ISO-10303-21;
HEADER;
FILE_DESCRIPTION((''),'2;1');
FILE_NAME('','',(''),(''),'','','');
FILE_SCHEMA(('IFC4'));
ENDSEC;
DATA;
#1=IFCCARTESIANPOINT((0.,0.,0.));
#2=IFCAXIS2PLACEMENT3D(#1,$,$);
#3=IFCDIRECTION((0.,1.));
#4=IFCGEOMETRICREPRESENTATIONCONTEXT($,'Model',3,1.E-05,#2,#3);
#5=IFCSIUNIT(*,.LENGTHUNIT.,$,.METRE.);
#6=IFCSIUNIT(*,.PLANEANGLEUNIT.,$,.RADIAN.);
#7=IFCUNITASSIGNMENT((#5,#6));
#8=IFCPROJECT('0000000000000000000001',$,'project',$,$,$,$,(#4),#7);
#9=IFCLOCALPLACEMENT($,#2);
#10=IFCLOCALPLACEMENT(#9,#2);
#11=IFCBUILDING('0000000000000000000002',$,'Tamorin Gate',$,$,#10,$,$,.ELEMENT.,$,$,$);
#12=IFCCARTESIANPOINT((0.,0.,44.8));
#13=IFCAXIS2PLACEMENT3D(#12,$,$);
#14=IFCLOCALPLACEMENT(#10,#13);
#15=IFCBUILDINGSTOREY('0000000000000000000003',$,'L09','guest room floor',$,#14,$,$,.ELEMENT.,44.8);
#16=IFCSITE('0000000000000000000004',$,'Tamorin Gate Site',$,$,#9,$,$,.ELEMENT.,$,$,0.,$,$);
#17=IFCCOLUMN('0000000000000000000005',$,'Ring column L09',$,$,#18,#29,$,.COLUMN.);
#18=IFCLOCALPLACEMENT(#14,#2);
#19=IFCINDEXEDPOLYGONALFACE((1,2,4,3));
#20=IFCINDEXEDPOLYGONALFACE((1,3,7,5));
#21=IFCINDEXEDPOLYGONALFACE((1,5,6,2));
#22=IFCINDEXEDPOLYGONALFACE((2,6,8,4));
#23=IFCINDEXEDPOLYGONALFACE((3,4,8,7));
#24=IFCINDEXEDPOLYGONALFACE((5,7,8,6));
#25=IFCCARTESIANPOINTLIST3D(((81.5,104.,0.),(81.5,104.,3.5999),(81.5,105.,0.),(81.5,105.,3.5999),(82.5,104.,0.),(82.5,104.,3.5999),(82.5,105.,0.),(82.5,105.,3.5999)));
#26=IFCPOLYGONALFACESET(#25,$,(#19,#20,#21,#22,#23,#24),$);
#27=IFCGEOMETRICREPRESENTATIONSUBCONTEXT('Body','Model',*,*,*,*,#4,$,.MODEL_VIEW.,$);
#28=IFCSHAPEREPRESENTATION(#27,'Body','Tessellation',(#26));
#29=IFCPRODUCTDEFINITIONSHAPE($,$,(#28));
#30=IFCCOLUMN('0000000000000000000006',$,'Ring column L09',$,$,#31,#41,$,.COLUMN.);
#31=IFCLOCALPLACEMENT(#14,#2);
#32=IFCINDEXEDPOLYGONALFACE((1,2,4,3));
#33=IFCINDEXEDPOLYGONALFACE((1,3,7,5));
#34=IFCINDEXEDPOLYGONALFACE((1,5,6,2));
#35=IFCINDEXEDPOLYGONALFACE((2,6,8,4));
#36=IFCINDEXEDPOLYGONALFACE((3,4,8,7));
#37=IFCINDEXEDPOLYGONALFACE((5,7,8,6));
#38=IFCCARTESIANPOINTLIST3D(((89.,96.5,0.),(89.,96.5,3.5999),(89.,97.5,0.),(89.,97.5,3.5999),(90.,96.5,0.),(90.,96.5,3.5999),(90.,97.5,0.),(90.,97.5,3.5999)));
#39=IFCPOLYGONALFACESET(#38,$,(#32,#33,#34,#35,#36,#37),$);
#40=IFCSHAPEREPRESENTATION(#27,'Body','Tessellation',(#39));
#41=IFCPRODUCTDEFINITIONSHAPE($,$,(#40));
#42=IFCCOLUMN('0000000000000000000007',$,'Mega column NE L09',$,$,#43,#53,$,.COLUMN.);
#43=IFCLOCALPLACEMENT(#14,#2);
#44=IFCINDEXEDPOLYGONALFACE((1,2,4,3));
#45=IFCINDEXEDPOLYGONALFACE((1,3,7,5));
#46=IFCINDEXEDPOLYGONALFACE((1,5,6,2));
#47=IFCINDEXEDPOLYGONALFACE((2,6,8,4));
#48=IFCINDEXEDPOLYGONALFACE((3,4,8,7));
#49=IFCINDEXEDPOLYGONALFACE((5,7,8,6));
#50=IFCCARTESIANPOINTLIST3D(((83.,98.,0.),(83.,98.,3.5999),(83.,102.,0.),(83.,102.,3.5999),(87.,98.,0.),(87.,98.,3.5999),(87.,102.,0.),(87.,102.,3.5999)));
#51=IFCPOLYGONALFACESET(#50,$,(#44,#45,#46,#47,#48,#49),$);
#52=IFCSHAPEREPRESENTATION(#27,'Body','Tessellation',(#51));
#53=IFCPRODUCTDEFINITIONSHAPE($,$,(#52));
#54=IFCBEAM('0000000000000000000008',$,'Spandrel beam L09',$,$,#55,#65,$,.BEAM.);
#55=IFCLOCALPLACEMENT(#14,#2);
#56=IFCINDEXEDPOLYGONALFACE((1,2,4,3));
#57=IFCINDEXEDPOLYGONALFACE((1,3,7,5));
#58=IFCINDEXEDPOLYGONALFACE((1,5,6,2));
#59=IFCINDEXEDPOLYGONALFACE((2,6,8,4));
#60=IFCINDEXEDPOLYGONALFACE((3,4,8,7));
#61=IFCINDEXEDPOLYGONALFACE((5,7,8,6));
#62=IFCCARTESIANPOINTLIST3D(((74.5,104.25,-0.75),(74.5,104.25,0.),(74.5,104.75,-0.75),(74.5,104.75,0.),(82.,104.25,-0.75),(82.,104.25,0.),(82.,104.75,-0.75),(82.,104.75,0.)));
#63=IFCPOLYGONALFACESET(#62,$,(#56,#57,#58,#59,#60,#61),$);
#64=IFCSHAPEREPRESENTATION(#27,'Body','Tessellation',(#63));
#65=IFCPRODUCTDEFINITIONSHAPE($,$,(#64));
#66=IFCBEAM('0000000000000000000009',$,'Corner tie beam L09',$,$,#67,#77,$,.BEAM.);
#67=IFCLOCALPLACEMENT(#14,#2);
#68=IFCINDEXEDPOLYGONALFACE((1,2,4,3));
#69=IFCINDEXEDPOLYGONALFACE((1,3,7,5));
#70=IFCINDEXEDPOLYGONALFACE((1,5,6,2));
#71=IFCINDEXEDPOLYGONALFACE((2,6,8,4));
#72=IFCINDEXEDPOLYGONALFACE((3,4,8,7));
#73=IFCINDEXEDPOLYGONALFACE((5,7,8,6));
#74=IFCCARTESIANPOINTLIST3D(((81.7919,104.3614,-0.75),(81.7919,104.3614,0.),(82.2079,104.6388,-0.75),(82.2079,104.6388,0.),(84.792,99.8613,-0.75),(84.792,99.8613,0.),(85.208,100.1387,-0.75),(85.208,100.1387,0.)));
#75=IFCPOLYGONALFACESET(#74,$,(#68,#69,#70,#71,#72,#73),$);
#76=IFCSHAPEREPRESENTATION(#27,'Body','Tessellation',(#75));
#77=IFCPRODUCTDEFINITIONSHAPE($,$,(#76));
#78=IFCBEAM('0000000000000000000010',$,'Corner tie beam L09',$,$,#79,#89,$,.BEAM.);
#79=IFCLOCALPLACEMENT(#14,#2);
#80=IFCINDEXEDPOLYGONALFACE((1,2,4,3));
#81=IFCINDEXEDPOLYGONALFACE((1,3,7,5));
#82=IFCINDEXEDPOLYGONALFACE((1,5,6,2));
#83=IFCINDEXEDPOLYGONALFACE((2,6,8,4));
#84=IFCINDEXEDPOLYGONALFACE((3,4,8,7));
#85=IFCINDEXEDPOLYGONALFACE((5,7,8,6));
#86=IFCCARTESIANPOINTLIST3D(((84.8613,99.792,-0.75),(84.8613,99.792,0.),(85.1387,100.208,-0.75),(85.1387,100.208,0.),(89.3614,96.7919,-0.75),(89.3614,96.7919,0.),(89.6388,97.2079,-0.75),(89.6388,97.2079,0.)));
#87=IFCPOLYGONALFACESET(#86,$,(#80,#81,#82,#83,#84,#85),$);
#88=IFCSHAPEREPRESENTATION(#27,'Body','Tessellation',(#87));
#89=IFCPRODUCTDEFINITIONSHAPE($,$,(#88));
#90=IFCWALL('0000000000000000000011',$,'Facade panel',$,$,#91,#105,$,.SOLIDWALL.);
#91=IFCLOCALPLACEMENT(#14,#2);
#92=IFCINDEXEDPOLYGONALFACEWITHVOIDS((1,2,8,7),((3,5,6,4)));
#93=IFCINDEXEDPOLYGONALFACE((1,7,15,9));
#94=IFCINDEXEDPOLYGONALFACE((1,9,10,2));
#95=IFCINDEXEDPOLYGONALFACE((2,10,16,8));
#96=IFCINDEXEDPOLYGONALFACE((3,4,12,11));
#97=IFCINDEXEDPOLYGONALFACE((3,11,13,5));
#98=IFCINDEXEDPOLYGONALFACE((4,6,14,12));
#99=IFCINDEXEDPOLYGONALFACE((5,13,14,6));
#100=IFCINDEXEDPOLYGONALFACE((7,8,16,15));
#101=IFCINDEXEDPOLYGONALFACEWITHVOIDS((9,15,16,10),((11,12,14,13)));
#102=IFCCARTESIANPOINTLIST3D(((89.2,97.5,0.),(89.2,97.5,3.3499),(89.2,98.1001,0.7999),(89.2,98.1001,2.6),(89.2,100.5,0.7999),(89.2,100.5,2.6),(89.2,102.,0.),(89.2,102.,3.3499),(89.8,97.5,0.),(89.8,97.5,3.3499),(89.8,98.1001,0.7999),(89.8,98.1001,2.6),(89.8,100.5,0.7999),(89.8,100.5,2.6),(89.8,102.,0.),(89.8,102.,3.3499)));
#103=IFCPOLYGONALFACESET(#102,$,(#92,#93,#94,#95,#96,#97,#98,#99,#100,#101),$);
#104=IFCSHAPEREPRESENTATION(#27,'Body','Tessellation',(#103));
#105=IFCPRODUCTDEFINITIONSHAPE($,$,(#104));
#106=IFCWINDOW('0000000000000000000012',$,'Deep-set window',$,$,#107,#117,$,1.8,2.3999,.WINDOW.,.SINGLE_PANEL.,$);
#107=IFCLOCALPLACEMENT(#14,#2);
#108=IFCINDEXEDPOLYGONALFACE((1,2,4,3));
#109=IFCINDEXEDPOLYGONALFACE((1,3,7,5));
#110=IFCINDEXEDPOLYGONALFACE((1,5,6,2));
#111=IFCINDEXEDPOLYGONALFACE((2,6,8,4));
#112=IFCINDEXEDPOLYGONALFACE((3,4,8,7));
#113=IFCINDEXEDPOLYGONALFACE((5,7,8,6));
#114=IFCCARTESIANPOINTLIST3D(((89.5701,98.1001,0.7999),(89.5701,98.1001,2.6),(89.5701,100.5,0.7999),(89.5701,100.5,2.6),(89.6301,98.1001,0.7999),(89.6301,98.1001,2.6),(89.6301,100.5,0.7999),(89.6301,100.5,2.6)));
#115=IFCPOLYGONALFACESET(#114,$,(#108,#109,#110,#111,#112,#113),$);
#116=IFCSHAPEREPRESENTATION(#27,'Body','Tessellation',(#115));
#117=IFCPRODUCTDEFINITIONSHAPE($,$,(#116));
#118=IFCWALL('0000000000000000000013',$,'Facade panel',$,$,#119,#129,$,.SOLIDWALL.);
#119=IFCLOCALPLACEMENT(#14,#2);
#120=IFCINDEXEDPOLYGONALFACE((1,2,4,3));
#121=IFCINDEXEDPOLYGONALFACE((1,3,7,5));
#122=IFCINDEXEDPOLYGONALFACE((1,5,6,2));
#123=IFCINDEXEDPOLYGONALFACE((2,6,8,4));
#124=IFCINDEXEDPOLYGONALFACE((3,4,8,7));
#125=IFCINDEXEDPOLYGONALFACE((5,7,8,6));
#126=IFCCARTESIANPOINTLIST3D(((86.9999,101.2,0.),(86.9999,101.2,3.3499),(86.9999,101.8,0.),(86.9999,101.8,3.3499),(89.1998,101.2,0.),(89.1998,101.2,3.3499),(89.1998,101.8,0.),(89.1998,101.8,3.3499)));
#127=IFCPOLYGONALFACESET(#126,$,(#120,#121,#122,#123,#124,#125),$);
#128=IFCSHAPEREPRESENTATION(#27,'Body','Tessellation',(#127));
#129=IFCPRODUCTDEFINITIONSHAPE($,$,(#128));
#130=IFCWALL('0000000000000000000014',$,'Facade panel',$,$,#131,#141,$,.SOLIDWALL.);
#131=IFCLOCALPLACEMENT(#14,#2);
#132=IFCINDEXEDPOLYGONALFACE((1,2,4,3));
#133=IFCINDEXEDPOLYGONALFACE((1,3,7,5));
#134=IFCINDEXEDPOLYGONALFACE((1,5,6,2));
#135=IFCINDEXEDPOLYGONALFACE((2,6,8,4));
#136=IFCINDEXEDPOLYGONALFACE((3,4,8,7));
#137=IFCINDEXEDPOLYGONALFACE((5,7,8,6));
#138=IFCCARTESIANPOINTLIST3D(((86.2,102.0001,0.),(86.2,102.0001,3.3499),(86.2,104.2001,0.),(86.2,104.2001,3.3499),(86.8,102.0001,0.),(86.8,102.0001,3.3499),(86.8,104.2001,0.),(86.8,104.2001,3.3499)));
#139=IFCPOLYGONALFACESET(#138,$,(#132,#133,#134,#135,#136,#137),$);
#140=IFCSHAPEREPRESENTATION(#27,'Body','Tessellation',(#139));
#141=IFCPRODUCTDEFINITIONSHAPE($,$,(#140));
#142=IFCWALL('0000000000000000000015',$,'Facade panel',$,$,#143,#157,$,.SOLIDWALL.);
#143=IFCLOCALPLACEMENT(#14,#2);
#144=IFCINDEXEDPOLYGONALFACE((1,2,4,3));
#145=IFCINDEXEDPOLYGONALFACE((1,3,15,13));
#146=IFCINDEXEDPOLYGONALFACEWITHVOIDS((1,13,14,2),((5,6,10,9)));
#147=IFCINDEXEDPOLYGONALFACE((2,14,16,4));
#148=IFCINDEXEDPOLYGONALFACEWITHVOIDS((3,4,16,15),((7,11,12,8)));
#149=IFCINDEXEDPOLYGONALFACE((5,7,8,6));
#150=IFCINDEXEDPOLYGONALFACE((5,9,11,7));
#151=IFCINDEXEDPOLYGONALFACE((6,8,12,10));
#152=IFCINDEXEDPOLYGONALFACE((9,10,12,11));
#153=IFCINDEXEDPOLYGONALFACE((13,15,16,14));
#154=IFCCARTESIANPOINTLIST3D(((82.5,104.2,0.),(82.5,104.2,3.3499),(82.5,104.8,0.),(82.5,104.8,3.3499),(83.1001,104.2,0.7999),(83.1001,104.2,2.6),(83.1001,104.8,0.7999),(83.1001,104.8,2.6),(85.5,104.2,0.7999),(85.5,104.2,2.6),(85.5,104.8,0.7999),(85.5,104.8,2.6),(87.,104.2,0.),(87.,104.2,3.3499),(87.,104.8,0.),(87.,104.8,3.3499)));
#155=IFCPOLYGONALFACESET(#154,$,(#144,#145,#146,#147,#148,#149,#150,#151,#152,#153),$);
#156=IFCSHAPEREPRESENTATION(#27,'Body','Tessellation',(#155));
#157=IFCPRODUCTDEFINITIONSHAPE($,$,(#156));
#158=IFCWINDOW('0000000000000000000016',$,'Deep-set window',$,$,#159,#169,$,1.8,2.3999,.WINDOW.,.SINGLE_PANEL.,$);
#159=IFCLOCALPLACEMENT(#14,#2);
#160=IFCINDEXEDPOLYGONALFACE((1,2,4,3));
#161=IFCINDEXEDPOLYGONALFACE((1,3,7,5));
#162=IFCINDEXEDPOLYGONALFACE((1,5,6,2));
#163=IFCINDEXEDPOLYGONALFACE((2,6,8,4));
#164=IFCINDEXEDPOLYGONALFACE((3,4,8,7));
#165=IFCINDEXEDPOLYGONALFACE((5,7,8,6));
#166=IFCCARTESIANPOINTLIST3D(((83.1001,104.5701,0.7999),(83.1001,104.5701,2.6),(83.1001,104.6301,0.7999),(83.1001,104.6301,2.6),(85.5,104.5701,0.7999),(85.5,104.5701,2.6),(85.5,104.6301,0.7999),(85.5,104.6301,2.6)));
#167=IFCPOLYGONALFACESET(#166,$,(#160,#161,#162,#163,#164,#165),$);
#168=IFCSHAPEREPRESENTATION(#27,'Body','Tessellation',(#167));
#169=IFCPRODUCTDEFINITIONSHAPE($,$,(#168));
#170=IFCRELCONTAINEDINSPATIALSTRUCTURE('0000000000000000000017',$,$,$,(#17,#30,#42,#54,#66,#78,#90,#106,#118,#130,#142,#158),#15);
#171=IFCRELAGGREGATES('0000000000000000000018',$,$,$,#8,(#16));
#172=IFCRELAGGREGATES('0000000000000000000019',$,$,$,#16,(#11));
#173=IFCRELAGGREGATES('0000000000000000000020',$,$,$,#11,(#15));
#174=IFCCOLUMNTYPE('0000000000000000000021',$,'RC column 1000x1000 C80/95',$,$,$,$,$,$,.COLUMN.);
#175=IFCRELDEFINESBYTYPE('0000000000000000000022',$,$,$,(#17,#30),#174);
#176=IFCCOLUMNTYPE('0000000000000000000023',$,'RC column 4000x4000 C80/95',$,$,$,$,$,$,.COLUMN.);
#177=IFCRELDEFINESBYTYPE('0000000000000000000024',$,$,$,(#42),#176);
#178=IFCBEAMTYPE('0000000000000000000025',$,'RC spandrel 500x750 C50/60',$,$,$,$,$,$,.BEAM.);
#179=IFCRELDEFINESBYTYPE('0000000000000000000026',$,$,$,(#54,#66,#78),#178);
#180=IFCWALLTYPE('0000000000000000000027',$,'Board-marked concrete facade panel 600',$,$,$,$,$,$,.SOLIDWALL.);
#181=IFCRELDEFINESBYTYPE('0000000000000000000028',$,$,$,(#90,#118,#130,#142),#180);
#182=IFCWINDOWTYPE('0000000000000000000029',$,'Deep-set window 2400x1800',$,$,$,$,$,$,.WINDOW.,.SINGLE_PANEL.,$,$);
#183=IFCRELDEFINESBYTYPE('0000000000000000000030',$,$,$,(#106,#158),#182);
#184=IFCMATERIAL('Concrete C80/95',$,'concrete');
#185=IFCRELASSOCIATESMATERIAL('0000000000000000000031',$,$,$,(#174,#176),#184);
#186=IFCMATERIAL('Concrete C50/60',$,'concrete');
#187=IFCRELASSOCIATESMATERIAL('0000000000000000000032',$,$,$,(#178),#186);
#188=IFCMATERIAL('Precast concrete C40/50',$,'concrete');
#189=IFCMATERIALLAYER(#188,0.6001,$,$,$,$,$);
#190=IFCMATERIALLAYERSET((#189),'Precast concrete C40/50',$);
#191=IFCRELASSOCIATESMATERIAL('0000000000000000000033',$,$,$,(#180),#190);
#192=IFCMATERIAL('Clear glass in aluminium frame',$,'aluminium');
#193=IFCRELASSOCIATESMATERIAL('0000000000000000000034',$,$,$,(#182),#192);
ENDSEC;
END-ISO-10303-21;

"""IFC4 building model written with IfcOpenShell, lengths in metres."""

from ifc_helpers import new_model, si_unit, direction, frame, frame_2d, origin, origin_2d, place, context, subcontext, project, spatial, rectangle, extrude, material, layer, layer_set, material_profile, profile_set, type_object, element, fill, save


model = new_model("IFC4")

# Units and contexts
model_context = context("Model", 3, precision=1e-05, world=origin(), true_north=direction((0.0, 1.0)))
body_context = subcontext(model_context, "Body", "Model", "MODEL_VIEW")
ifc_project = project(units=[si_unit("LENGTHUNIT", "METRE"), si_unit("PLANEANGLEUNIT", "RADIAN")], contexts=[model_context])

# Site, building, storey
site_placement = place(None, origin())
site = spatial("IfcSite", under=ifc_project, at=site_placement, Name="Tamorin Gate Site", CompositionType="ELEMENT", RefElevation=0.0)
building_placement = place(site_placement, origin())
building = spatial("IfcBuilding", under=site, at=building_placement, Name="Tamorin Gate", CompositionType="ELEMENT")
storey_placement = place(building_placement, frame((0.0, 0.0, 44.8)))
storey = spatial("IfcBuildingStorey", under=building, at=storey_placement, Name="L09", Description="guest room floor", CompositionType="ELEMENT", Elevation=44.8)

# Columns
ifc_material_1 = material(Name="Concrete C80/95", Category="concrete")
ifc_material_profile_1 = material_profile(ifc_material_1, rectangle(XDim=1.0, YDim=1.0, at=origin_2d()), Name="RC 1000x1000")
ifc_profile_set_1 = profile_set([ifc_material_profile_1], Name="Concrete C80/95")
column_type_1 = type_object("IfcColumnType", Name="RC column 1000x1000 C80/95", PredefinedType="COLUMN", material=ifc_profile_set_1)
for number, where, z_axis, x_axis, name in (
    (1, (82.0, 104.5, 0.0), (0.0, 0.0, 1.0), (1.0, 0.0, 0.0), "Ring column L09"),
    (2, (89.5, 97.0, 0.0), (0.0, 0.0, 1.0), (1.0, 0.0, 0.0), "Ring column L09"),
):
    element("IfcColumn", number, at=place(storey_placement, frame(where, z_axis=z_axis, x_axis=x_axis)), inside=storey, type_object=column_type_1, Name=name, PredefinedType="COLUMN", context=body_context, shape_type="SweptSolid", body=[
        extrude(rectangle(XDim=1.0, YDim=1.0, at=origin_2d()), origin(), (0.0, 0.0, 1.0), 3.5999),
    ])
ifc_material_profile_2 = material_profile(ifc_material_1, rectangle(XDim=4.0, YDim=4.0, at=origin_2d()), Name="RC 4000x4000")
ifc_profile_set_2 = profile_set([ifc_material_profile_2], Name="Concrete C80/95")
column_type_2 = type_object("IfcColumnType", Name="RC column 4000x4000 C80/95", PredefinedType="COLUMN", material=ifc_profile_set_2)
column_placement = place(storey_placement, frame((85.0, 100.0, 0.0), z_axis=(0.0, 0.0, 1.0), x_axis=(1.0, 0.0, 0.0)))
element("IfcColumn", 3, at=column_placement, inside=storey, type_object=column_type_2, Name="Mega column NE L09", PredefinedType="COLUMN", context=body_context, shape_type="SweptSolid", body=[
    extrude(rectangle(XDim=4.0, YDim=4.0, at=origin_2d()), origin(), (0.0, 0.0, 1.0), 3.5999),
])

# Beams
ifc_material_2 = material(Name="Concrete C50/60", Category="concrete")
ifc_material_profile_3 = material_profile(ifc_material_2, rectangle(XDim=0.5, YDim=0.75, at=origin_2d()), Name="RC 500x750")
ifc_profile_set_3 = profile_set([ifc_material_profile_3], Name="Concrete C50/60")
beam_type = type_object("IfcBeamType", Name="RC spandrel 500x750 C50/60", PredefinedType="BEAM", material=ifc_profile_set_3)
beam_placement = place(storey_placement, frame((82.0, 104.5, -0.375), z_axis=(-1.0, 0.0, 0.0), x_axis=(0.0, -1.0, 0.0)))
element("IfcBeam", 4, at=beam_placement, inside=storey, type_object=beam_type, Name="Spandrel beam L09", PredefinedType="BEAM", context=body_context, shape_type="SweptSolid", body=[
    extrude(rectangle(XDim=0.5, YDim=0.75, at=origin_2d()), origin(), (0.0, 0.0, 1.0), 7.5),
])
for number, where, z_axis, x_axis, name in (
    (5, (85.0, 100.0, -0.375), (-0.5547, 0.83205, 0.0), (-0.83205, -0.5547, 0.0), "Corner tie beam L09"),
    (6, (85.0, 100.0, -0.375), (0.83205, -0.5547, 0.0), (0.5547, 0.83205, 0.0), "Corner tie beam L09"),
):
    element("IfcBeam", number, at=place(storey_placement, frame(where, z_axis=z_axis, x_axis=x_axis)), inside=storey, type_object=beam_type, Name=name, PredefinedType="BEAM", context=body_context, shape_type="SweptSolid", body=[
        extrude(rectangle(XDim=0.5, YDim=0.75, at=origin_2d()), origin(), (0.0, 0.0, 1.0), 5.4084),
    ])

# Wall, opening, window
ifc_material_3 = material(Name="Precast concrete C40/50", Category="concrete")
ifc_layer_1 = layer(ifc_material_3, 0.6001)
ifc_layer_set_1 = layer_set([ifc_layer_1], Name="Precast concrete C40/50")
wall_type_1 = type_object("IfcWallType", Name="Board-marked concrete facade panel 600", PredefinedType="SOLIDWALL", material=ifc_layer_set_1)
wall_1_placement = place(storey_placement, frame((89.5, 97.5, 0.0), z_axis=(0.0, 0.0, 1.0), x_axis=(0.0, 1.0, 0.0)))
wall_1 = element("IfcWall", 7, at=wall_1_placement, inside=storey, type_object=wall_type_1, Name="Facade panel", PredefinedType="SOLIDWALL", context=body_context, shape_type="SweptSolid", body=[
    extrude(rectangle(XDim=4.5, YDim=0.6001, at=frame_2d((2.25, 0.0))), origin(), (0.0, 0.0, 1.0), 3.3499),
])
opening_1_placement = place(wall_1_placement, frame((0.6001, 0.0, 0.8)))
opening_1 = element("IfcOpeningElement", 8, at=opening_1_placement, cuts=wall_1, PredefinedType="OPENING", context=body_context, shape_type="SweptSolid", body=[
    extrude(rectangle(XDim=2.3999, YDim=1.8, at=frame_2d((1.2, 0.8999))), frame((0.0, 0.3101, 0.0), z_axis=(0.0, -1.0, 0.0), x_axis=(1.0, 0.0, 0.0)), (0.0, 0.0, 1.0), 0.6201),
])
ifc_material_4 = material(Name="Clear glass in aluminium frame", Category="aluminium")
window_type = type_object("IfcWindowType", Name="Deep-set window 2400x1800", PartitioningType="SINGLE_PANEL", PredefinedType="WINDOW", material=ifc_material_4)
window_1_placement = place(opening_1_placement, origin())
window_1 = element("IfcWindow", 9, at=window_1_placement, inside=storey, type_object=window_type, Name="Deep-set window", OverallHeight=1.8, OverallWidth=2.3999, PartitioningType="SINGLE_PANEL", PredefinedType="WINDOW", context=body_context, shape_type="SweptSolid", body=[
    extrude(rectangle(XDim=2.3999, YDim=1.8, at=frame_2d((1.2, 0.8999))), frame((0.0, -0.0701, 0.0), z_axis=(0.0, -1.0, 0.0), x_axis=(1.0, 0.0, 0.0)), (0.0, 0.0, 1.0), 0.0601),
])
fill(opening_1, window_1)

# Walls
for number, where, z_axis, x_axis, name in (
    (10, (89.2, 101.5, 0.0), (0.0, 0.0, 1.0), (-1.0, 0.0, 0.0), "Facade panel"),
    (11, (86.5, 102.0, 0.0), (0.0, 0.0, 1.0), (0.0, 1.0, 0.0), "Facade panel"),
):
    element("IfcWall", number, at=place(storey_placement, frame(where, z_axis=z_axis, x_axis=x_axis)), inside=storey, type_object=wall_type_1, Name=name, PredefinedType="SOLIDWALL", context=body_context, shape_type="SweptSolid", body=[
        extrude(rectangle(XDim=2.2, YDim=0.6001, at=frame_2d((1.1001, 0.0))), origin(), (0.0, 0.0, 1.0), 3.3499),
    ])

# Wall, opening, window
wall_2_placement = place(storey_placement, frame((87.0, 104.5, 0.0), z_axis=(0.0, 0.0, 1.0), x_axis=(-1.0, 0.0, 0.0)))
wall_2 = element("IfcWall", 12, at=wall_2_placement, inside=storey, type_object=wall_type_1, Name="Facade panel", PredefinedType="SOLIDWALL", context=body_context, shape_type="SweptSolid", body=[
    extrude(rectangle(XDim=4.5, YDim=0.6001, at=frame_2d((2.25, 0.0))), origin(), (0.0, 0.0, 1.0), 3.3499),
])
opening_2_placement = place(wall_2_placement, frame((1.5, 0.0, 0.8)))
opening_2 = element("IfcOpeningElement", 13, at=opening_2_placement, cuts=wall_2, PredefinedType="OPENING", context=body_context, shape_type="SweptSolid", body=[
    extrude(rectangle(XDim=2.3999, YDim=1.8, at=frame_2d((1.2, 0.8999))), frame((0.0, 0.3101, 0.0), z_axis=(0.0, -1.0, 0.0), x_axis=(1.0, 0.0, 0.0)), (0.0, 0.0, 1.0), 0.6201),
])
window_2_placement = place(opening_2_placement, origin())
window_2 = element("IfcWindow", 14, at=window_2_placement, inside=storey, type_object=window_type, Name="Deep-set window", OverallHeight=1.8, OverallWidth=2.3999, PartitioningType="SINGLE_PANEL", PredefinedType="WINDOW", context=body_context, shape_type="SweptSolid", body=[
    extrude(rectangle(XDim=2.3999, YDim=1.8, at=frame_2d((1.2, 0.8999))), frame((0.0, -0.0701, 0.0), z_axis=(0.0, -1.0, 0.0), x_axis=(1.0, 0.0, 0.0)), (0.0, 0.0, 1.0), 0.0601),
])
fill(opening_2, window_2)

save(model, "model.ifc")
